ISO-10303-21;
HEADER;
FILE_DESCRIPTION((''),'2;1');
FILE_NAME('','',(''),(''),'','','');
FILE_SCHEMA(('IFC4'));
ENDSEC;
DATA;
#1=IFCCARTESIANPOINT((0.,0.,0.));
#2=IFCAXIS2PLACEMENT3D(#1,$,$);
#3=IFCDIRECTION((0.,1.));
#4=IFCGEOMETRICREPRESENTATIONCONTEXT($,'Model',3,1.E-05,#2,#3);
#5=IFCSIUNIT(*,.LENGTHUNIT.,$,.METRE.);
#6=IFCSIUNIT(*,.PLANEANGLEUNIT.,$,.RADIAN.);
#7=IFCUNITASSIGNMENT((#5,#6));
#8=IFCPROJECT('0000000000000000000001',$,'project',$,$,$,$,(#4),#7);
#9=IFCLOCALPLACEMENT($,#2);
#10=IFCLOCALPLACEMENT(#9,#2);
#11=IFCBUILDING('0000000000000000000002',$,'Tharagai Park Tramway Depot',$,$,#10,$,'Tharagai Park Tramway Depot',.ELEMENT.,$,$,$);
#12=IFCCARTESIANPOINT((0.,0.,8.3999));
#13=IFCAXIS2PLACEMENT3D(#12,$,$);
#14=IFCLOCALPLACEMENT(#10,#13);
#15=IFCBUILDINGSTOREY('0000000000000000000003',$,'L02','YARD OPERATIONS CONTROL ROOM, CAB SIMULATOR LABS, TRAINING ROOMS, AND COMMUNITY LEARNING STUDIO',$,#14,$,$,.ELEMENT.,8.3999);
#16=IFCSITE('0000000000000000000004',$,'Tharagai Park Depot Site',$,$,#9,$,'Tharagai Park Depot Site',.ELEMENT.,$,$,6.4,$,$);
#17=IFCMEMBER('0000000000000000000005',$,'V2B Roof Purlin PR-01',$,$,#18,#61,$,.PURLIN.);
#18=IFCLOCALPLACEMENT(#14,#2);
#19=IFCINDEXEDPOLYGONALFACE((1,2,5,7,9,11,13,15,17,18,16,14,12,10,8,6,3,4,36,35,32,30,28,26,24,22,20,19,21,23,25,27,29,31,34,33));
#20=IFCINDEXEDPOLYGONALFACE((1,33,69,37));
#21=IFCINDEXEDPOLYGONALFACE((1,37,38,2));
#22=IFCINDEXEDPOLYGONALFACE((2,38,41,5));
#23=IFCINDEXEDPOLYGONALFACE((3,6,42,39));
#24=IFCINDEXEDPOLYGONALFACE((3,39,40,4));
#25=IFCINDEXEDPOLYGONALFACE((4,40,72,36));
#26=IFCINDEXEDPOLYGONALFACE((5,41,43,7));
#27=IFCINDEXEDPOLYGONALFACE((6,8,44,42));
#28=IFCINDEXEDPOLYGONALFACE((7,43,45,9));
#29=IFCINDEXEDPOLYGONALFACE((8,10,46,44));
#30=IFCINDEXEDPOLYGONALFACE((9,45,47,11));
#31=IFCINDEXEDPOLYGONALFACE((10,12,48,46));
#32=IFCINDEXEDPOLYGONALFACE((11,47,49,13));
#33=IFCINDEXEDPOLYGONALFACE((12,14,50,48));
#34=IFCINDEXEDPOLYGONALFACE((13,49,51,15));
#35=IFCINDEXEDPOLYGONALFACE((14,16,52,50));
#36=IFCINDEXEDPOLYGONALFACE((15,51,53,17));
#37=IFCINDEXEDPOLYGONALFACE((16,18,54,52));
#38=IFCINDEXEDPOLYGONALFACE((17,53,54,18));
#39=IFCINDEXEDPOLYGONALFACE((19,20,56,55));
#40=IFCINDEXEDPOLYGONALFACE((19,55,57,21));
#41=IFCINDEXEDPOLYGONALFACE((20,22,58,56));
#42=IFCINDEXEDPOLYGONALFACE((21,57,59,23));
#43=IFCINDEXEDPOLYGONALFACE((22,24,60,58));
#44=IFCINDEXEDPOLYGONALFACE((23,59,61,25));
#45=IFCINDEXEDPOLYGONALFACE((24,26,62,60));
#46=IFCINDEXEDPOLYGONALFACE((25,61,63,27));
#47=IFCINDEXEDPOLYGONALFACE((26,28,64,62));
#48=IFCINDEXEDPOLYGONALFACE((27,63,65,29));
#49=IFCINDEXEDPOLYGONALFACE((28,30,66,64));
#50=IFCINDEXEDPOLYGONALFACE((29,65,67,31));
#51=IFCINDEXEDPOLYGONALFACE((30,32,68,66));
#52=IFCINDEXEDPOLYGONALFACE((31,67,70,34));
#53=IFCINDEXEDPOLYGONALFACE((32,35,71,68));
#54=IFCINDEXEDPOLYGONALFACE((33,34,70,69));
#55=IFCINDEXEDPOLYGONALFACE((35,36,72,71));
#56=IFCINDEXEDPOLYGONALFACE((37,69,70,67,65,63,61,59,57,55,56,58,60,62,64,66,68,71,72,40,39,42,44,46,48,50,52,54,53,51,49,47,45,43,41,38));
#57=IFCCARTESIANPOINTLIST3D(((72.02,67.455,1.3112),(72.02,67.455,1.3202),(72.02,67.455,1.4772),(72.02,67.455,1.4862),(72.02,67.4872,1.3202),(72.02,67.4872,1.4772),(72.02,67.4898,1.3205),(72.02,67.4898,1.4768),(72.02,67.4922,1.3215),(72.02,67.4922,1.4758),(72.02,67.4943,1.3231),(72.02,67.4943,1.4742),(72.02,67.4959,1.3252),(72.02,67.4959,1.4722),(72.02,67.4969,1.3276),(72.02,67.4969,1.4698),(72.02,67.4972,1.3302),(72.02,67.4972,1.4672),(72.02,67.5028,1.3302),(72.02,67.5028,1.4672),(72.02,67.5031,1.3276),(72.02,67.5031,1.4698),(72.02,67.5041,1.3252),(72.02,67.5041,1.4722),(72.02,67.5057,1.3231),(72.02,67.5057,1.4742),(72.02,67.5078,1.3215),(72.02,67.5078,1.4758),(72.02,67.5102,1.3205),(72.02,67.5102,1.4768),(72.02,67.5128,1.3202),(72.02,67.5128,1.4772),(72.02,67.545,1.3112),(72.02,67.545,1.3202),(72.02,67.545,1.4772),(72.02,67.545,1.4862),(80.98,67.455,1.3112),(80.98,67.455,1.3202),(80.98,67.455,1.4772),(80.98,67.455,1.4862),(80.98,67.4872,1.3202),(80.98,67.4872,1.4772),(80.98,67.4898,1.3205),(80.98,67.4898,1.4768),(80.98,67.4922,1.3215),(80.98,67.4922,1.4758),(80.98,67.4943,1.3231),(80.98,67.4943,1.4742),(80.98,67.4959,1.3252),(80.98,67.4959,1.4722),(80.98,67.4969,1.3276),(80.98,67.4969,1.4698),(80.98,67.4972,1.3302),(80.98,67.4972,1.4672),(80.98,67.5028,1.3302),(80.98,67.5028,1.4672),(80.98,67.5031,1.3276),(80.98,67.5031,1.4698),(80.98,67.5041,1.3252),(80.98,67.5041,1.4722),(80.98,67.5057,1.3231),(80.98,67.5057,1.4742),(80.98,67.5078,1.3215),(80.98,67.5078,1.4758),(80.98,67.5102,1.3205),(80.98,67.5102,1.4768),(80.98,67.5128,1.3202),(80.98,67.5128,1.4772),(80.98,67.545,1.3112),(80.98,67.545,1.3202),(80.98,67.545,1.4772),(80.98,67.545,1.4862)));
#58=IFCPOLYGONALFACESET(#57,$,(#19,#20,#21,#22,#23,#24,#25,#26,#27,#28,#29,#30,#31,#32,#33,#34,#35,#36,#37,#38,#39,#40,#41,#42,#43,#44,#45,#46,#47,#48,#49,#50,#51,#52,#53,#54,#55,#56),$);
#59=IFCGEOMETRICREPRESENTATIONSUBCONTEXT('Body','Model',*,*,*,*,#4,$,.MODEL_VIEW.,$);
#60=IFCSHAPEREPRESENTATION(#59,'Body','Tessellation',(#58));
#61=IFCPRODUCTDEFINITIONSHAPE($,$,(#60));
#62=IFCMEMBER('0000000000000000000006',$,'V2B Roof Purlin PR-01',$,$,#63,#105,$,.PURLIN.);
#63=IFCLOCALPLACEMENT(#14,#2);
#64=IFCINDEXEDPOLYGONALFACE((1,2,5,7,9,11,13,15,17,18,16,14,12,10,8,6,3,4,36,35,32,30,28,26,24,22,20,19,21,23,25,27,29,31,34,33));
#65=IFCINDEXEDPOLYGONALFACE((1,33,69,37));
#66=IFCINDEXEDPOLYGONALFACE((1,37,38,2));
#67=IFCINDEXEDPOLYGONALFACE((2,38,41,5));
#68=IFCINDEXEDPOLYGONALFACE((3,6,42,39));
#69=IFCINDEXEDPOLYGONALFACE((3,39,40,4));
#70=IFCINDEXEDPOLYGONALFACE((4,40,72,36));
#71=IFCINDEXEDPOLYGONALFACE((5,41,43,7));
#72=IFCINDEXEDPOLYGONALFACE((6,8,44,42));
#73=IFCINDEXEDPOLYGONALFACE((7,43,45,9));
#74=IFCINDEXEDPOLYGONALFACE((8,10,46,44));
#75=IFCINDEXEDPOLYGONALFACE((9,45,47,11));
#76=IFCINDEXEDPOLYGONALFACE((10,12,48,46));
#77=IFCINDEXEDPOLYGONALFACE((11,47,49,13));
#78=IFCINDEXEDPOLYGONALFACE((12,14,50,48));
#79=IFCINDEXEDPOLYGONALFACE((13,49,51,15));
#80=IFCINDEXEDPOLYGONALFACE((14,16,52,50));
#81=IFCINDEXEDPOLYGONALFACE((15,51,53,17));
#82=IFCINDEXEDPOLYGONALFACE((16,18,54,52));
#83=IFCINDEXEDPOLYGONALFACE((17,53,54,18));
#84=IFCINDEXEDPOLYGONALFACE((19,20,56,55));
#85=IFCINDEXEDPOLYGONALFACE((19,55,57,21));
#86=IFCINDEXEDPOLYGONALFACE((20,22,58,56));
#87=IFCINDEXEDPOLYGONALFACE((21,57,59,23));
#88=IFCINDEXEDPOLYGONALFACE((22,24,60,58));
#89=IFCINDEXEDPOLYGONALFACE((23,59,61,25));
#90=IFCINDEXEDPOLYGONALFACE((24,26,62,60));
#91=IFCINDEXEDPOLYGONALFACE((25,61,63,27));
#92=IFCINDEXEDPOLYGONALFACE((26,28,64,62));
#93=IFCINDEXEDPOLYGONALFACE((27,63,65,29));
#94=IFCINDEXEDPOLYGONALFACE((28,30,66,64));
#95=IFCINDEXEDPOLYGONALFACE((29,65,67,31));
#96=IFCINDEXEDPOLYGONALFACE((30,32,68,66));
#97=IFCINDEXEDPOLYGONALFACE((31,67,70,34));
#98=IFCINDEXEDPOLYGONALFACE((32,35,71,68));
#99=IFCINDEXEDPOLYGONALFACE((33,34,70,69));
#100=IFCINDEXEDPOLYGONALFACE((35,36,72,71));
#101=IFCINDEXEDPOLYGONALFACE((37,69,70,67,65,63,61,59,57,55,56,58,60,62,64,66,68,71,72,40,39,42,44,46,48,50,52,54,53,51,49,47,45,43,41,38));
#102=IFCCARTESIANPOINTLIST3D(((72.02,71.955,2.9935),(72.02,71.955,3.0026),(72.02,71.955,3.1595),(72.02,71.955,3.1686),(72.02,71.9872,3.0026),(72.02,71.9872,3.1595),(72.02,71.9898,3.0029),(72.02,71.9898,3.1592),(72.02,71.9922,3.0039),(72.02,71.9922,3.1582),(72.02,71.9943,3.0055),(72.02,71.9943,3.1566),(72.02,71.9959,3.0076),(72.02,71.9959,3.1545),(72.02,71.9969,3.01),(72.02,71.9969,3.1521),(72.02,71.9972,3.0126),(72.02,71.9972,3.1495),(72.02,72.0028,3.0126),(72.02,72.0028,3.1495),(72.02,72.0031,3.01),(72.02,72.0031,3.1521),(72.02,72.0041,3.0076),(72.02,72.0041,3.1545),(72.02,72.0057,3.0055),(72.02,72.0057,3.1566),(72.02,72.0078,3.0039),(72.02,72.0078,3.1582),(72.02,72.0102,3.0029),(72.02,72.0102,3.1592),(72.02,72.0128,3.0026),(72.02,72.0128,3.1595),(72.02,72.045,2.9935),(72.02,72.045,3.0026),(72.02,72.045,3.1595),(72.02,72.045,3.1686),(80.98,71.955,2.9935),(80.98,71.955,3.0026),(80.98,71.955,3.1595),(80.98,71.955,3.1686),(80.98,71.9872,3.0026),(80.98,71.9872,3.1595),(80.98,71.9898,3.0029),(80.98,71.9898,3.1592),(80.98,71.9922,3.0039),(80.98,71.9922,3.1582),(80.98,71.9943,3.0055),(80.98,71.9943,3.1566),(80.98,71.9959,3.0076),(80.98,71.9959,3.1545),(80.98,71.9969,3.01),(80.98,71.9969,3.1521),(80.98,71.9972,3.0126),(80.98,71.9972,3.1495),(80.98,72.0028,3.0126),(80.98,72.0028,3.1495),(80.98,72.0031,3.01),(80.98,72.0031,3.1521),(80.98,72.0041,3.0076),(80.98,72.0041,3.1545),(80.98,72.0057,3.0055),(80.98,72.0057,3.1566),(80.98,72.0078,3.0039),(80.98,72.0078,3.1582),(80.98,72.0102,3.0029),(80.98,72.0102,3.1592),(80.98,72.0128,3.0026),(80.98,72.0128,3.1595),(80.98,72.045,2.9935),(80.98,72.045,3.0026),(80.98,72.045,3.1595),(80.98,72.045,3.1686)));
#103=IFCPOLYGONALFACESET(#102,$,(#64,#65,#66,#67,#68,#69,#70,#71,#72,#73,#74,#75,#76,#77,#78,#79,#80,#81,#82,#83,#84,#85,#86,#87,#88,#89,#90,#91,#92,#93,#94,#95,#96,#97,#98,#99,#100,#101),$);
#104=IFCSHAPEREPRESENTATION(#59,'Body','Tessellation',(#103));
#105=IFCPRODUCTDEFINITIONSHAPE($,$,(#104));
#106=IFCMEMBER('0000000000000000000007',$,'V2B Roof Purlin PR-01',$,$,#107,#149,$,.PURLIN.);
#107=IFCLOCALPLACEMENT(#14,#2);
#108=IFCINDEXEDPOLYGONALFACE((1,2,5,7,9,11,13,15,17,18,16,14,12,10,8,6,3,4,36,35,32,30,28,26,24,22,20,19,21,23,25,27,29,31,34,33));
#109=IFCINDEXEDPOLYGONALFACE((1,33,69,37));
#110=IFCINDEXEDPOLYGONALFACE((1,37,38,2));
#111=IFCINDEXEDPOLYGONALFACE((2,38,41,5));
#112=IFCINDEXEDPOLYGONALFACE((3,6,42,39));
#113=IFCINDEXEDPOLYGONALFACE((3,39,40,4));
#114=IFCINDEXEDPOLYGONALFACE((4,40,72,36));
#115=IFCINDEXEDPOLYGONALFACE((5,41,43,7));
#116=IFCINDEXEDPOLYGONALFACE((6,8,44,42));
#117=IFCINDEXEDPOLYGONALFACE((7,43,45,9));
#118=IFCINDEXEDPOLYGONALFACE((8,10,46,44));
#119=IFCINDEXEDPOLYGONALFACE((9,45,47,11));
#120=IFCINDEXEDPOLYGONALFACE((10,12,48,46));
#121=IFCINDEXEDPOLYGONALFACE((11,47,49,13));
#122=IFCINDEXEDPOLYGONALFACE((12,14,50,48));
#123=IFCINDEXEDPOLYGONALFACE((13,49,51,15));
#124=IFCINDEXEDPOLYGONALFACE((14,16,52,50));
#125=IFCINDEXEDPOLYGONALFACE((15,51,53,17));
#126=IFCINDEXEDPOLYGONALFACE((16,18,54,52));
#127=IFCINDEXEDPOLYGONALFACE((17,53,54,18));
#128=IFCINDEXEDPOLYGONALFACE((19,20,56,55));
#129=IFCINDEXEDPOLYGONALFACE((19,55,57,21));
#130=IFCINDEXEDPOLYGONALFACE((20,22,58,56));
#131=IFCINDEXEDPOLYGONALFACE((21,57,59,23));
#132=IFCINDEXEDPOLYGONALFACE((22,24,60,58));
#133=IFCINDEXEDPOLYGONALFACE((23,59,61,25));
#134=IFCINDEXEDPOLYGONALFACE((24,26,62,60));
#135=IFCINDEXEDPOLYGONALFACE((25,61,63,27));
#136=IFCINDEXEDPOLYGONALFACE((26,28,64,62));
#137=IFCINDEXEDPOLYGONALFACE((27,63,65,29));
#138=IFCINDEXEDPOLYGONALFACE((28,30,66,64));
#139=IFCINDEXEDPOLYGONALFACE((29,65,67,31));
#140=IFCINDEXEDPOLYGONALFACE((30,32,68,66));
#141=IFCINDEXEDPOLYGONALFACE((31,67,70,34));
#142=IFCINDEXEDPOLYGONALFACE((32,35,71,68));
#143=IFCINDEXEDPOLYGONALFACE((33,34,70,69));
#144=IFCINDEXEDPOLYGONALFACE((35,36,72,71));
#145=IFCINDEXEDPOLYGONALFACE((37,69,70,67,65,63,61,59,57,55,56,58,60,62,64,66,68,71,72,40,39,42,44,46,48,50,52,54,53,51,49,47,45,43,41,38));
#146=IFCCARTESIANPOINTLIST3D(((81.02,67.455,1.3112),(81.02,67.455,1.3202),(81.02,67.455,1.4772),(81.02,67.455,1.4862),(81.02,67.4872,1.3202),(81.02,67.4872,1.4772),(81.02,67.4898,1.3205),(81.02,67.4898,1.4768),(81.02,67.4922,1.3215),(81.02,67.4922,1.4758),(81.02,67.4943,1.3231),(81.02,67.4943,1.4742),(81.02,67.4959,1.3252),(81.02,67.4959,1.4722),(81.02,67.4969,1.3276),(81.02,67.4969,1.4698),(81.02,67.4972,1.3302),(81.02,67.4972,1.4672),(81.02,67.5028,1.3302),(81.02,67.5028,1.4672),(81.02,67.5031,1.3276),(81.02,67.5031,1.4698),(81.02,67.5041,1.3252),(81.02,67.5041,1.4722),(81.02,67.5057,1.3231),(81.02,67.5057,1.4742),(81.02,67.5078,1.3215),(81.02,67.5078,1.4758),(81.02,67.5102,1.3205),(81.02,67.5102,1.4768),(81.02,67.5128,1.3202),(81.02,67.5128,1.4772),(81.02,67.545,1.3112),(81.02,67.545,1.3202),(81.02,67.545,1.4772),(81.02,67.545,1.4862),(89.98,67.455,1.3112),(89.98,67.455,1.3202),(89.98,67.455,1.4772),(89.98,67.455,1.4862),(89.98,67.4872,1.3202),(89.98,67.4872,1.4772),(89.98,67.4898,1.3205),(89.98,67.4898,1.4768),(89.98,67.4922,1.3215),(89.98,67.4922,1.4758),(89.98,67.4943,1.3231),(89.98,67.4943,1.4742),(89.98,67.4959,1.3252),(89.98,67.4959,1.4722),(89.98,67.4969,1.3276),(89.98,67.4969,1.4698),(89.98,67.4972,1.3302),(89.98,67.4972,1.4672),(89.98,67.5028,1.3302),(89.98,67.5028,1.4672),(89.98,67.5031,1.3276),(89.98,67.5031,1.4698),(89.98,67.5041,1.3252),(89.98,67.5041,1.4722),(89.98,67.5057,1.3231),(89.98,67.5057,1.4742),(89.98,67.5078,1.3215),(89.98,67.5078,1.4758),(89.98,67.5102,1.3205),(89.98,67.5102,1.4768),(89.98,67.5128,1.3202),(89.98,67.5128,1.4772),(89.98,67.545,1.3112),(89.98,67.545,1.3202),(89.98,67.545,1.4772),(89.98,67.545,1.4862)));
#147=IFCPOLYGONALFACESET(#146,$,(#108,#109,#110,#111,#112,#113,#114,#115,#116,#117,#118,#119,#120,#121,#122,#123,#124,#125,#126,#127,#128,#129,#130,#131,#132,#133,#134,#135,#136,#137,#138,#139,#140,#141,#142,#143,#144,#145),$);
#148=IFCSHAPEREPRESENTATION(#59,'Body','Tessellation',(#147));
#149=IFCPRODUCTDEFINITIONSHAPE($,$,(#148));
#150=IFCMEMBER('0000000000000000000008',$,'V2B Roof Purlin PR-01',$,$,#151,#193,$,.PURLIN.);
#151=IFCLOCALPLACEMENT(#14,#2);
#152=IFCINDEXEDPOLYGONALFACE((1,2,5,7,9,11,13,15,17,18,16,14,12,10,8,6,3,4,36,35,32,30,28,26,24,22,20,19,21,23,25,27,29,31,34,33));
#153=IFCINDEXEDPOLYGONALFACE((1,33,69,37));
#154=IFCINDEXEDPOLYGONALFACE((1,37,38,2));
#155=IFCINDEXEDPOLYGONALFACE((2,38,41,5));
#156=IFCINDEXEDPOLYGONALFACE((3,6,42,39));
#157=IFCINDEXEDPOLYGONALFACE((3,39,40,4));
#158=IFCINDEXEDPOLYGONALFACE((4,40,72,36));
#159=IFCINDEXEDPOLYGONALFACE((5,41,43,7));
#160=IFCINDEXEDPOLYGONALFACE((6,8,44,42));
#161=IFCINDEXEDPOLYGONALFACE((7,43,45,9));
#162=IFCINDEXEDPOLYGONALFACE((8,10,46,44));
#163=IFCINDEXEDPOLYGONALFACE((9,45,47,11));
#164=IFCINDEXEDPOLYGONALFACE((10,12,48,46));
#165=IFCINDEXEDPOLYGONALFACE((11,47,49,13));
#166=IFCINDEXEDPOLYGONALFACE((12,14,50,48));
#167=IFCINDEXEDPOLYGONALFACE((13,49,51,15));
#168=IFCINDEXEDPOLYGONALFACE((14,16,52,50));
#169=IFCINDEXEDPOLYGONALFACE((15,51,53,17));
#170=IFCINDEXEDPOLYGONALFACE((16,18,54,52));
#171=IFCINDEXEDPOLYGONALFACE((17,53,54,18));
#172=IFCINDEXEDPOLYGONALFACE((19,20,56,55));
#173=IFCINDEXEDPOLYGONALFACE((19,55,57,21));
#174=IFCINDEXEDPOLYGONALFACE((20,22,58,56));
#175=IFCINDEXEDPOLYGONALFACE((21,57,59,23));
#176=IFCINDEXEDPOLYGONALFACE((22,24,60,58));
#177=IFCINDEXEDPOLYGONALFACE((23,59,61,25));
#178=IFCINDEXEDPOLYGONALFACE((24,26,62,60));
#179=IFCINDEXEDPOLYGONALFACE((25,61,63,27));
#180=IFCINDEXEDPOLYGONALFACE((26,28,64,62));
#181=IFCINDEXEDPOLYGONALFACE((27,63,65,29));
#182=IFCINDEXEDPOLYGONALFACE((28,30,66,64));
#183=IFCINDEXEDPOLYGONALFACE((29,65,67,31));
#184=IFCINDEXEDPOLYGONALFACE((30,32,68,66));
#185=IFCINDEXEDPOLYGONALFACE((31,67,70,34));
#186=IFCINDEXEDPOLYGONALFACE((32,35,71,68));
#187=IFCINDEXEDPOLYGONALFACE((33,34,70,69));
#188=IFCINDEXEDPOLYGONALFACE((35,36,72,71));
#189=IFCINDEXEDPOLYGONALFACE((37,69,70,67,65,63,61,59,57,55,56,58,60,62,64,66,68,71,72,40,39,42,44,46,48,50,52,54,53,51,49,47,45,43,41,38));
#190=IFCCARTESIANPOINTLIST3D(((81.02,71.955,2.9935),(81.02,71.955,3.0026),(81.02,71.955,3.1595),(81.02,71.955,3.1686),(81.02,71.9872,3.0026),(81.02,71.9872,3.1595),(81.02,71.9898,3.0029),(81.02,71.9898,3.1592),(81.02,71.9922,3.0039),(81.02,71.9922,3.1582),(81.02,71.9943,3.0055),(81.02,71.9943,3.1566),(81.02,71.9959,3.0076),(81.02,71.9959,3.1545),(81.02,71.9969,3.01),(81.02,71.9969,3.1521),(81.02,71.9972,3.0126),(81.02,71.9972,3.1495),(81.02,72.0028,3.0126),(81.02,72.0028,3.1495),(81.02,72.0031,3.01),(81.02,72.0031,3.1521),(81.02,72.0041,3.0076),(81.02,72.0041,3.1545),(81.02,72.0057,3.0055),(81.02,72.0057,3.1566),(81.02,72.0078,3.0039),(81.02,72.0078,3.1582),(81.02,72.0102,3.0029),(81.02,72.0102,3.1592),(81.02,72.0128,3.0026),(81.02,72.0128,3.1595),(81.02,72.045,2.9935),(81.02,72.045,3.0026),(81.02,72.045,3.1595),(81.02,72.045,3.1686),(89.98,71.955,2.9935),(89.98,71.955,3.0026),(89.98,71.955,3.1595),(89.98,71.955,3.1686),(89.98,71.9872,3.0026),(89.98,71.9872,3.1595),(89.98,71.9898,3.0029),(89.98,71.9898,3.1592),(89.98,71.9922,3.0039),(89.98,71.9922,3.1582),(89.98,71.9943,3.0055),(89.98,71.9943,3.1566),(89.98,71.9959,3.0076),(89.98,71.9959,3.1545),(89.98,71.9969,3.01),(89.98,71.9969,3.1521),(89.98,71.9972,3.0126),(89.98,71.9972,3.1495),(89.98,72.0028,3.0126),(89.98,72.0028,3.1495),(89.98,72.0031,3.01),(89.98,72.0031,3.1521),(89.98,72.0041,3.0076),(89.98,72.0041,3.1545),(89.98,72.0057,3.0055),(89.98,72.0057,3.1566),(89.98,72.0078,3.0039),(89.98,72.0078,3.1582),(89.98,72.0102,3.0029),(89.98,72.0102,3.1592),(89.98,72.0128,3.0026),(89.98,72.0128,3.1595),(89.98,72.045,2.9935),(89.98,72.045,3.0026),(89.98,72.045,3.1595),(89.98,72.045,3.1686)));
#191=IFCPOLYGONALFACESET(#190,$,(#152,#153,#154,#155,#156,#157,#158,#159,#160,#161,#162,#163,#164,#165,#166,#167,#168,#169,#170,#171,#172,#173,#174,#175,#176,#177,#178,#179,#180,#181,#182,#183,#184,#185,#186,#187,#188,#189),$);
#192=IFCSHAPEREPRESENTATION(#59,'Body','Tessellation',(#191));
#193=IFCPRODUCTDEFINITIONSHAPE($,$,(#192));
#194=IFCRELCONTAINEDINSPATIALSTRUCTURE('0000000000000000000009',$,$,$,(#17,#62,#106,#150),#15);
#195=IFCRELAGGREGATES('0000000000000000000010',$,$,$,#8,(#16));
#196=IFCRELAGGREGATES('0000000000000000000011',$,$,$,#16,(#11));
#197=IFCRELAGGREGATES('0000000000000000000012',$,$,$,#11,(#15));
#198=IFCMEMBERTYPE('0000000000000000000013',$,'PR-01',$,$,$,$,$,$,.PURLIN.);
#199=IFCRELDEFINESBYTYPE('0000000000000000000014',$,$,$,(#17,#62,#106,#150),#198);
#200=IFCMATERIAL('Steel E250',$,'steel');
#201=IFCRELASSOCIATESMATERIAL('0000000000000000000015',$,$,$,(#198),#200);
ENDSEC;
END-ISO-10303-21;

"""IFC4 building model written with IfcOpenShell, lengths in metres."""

from ifc_helpers import new_model, si_unit, direction, frame, origin, origin_2d, place, context, subcontext, project, spatial, i_section, extrude, material, material_profile, profile_set, type_object, element, save


model = new_model("IFC4")

# Units and contexts
model_context = context("Model", 3, precision=1e-05, world=origin(), true_north=direction((0.0, 1.0)))
body_context = subcontext(model_context, "Body", "Model", "MODEL_VIEW")
ifc_project = project(units=[si_unit("LENGTHUNIT", "METRE"), si_unit("PLANEANGLEUNIT", "RADIAN")], contexts=[model_context])

# Site, building, storey
site_placement = place(None, origin())
site = spatial("IfcSite", under=ifc_project, at=site_placement, Name="Tharagai Park Depot Site", LongName="Tharagai Park Depot Site", CompositionType="ELEMENT", RefElevation=6.4)
building_placement = place(site_placement, origin())
building = spatial("IfcBuilding", under=site, at=building_placement, Name="Tharagai Park Tramway Depot", LongName="Tharagai Park Tramway Depot", CompositionType="ELEMENT")
storey_placement = place(building_placement, frame((0.0, 0.0, 8.3999)))
storey = spatial("IfcBuildingStorey", under=building, at=storey_placement, Name="L02", Description="YARD OPERATIONS CONTROL ROOM, CAB SIMULATOR LABS, TRAINING ROOMS, AND COMMUNITY LEARNING STUDIO", CompositionType="ELEMENT", Elevation=8.3999)

# Members
ifc_material_1 = material(Name="Steel E250", Category="steel")
ifc_material_profile_1 = material_profile(ifc_material_1, i_section(OverallWidth=0.0901, OverallDepth=0.175, WebThickness=0.0056, FlangeThickness=0.009, FilletRadius=0.01, at=origin_2d()), Name="ISMB 175")
ifc_profile_set_1 = profile_set([ifc_material_profile_1], Name="Steel E250")
member_type_1 = type_object("IfcMemberType", Name="PR-01", PredefinedType="PURLIN", material=ifc_profile_set_1)
for number, where, z_axis, x_axis, name in (
    (1, (72.02, 67.5, 1.3987), (1.0, 0.0, 0.0), (0.0, 1.0, 0.0), "V2B Roof Purlin PR-01"),
    (2, (72.02, 72.0, 3.0811), (1.0, 0.0, 0.0), (0.0, 1.0, 0.0), "V2B Roof Purlin PR-01"),
    (3, (81.02, 67.5, 1.3987), (1.0, 0.0, 0.0), (0.0, 1.0, 0.0), "V2B Roof Purlin PR-01"),
    (4, (81.02, 72.0, 3.0811), (1.0, 0.0, 0.0), (0.0, 1.0, 0.0), "V2B Roof Purlin PR-01"),
):
    element("IfcMember", number, at=place(storey_placement, frame(where, z_axis=z_axis, x_axis=x_axis)), inside=storey, type_object=member_type_1, Name=name, PredefinedType="PURLIN", context=body_context, shape_type="SweptSolid", body=[
        extrude(i_section(OverallWidth=0.0901, OverallDepth=0.175, WebThickness=0.0056, FlangeThickness=0.009, FilletRadius=0.01, at=origin_2d()), origin(), (0.0, 0.0, 1.0), 8.96),
    ])

save(model, "model.ifc")
